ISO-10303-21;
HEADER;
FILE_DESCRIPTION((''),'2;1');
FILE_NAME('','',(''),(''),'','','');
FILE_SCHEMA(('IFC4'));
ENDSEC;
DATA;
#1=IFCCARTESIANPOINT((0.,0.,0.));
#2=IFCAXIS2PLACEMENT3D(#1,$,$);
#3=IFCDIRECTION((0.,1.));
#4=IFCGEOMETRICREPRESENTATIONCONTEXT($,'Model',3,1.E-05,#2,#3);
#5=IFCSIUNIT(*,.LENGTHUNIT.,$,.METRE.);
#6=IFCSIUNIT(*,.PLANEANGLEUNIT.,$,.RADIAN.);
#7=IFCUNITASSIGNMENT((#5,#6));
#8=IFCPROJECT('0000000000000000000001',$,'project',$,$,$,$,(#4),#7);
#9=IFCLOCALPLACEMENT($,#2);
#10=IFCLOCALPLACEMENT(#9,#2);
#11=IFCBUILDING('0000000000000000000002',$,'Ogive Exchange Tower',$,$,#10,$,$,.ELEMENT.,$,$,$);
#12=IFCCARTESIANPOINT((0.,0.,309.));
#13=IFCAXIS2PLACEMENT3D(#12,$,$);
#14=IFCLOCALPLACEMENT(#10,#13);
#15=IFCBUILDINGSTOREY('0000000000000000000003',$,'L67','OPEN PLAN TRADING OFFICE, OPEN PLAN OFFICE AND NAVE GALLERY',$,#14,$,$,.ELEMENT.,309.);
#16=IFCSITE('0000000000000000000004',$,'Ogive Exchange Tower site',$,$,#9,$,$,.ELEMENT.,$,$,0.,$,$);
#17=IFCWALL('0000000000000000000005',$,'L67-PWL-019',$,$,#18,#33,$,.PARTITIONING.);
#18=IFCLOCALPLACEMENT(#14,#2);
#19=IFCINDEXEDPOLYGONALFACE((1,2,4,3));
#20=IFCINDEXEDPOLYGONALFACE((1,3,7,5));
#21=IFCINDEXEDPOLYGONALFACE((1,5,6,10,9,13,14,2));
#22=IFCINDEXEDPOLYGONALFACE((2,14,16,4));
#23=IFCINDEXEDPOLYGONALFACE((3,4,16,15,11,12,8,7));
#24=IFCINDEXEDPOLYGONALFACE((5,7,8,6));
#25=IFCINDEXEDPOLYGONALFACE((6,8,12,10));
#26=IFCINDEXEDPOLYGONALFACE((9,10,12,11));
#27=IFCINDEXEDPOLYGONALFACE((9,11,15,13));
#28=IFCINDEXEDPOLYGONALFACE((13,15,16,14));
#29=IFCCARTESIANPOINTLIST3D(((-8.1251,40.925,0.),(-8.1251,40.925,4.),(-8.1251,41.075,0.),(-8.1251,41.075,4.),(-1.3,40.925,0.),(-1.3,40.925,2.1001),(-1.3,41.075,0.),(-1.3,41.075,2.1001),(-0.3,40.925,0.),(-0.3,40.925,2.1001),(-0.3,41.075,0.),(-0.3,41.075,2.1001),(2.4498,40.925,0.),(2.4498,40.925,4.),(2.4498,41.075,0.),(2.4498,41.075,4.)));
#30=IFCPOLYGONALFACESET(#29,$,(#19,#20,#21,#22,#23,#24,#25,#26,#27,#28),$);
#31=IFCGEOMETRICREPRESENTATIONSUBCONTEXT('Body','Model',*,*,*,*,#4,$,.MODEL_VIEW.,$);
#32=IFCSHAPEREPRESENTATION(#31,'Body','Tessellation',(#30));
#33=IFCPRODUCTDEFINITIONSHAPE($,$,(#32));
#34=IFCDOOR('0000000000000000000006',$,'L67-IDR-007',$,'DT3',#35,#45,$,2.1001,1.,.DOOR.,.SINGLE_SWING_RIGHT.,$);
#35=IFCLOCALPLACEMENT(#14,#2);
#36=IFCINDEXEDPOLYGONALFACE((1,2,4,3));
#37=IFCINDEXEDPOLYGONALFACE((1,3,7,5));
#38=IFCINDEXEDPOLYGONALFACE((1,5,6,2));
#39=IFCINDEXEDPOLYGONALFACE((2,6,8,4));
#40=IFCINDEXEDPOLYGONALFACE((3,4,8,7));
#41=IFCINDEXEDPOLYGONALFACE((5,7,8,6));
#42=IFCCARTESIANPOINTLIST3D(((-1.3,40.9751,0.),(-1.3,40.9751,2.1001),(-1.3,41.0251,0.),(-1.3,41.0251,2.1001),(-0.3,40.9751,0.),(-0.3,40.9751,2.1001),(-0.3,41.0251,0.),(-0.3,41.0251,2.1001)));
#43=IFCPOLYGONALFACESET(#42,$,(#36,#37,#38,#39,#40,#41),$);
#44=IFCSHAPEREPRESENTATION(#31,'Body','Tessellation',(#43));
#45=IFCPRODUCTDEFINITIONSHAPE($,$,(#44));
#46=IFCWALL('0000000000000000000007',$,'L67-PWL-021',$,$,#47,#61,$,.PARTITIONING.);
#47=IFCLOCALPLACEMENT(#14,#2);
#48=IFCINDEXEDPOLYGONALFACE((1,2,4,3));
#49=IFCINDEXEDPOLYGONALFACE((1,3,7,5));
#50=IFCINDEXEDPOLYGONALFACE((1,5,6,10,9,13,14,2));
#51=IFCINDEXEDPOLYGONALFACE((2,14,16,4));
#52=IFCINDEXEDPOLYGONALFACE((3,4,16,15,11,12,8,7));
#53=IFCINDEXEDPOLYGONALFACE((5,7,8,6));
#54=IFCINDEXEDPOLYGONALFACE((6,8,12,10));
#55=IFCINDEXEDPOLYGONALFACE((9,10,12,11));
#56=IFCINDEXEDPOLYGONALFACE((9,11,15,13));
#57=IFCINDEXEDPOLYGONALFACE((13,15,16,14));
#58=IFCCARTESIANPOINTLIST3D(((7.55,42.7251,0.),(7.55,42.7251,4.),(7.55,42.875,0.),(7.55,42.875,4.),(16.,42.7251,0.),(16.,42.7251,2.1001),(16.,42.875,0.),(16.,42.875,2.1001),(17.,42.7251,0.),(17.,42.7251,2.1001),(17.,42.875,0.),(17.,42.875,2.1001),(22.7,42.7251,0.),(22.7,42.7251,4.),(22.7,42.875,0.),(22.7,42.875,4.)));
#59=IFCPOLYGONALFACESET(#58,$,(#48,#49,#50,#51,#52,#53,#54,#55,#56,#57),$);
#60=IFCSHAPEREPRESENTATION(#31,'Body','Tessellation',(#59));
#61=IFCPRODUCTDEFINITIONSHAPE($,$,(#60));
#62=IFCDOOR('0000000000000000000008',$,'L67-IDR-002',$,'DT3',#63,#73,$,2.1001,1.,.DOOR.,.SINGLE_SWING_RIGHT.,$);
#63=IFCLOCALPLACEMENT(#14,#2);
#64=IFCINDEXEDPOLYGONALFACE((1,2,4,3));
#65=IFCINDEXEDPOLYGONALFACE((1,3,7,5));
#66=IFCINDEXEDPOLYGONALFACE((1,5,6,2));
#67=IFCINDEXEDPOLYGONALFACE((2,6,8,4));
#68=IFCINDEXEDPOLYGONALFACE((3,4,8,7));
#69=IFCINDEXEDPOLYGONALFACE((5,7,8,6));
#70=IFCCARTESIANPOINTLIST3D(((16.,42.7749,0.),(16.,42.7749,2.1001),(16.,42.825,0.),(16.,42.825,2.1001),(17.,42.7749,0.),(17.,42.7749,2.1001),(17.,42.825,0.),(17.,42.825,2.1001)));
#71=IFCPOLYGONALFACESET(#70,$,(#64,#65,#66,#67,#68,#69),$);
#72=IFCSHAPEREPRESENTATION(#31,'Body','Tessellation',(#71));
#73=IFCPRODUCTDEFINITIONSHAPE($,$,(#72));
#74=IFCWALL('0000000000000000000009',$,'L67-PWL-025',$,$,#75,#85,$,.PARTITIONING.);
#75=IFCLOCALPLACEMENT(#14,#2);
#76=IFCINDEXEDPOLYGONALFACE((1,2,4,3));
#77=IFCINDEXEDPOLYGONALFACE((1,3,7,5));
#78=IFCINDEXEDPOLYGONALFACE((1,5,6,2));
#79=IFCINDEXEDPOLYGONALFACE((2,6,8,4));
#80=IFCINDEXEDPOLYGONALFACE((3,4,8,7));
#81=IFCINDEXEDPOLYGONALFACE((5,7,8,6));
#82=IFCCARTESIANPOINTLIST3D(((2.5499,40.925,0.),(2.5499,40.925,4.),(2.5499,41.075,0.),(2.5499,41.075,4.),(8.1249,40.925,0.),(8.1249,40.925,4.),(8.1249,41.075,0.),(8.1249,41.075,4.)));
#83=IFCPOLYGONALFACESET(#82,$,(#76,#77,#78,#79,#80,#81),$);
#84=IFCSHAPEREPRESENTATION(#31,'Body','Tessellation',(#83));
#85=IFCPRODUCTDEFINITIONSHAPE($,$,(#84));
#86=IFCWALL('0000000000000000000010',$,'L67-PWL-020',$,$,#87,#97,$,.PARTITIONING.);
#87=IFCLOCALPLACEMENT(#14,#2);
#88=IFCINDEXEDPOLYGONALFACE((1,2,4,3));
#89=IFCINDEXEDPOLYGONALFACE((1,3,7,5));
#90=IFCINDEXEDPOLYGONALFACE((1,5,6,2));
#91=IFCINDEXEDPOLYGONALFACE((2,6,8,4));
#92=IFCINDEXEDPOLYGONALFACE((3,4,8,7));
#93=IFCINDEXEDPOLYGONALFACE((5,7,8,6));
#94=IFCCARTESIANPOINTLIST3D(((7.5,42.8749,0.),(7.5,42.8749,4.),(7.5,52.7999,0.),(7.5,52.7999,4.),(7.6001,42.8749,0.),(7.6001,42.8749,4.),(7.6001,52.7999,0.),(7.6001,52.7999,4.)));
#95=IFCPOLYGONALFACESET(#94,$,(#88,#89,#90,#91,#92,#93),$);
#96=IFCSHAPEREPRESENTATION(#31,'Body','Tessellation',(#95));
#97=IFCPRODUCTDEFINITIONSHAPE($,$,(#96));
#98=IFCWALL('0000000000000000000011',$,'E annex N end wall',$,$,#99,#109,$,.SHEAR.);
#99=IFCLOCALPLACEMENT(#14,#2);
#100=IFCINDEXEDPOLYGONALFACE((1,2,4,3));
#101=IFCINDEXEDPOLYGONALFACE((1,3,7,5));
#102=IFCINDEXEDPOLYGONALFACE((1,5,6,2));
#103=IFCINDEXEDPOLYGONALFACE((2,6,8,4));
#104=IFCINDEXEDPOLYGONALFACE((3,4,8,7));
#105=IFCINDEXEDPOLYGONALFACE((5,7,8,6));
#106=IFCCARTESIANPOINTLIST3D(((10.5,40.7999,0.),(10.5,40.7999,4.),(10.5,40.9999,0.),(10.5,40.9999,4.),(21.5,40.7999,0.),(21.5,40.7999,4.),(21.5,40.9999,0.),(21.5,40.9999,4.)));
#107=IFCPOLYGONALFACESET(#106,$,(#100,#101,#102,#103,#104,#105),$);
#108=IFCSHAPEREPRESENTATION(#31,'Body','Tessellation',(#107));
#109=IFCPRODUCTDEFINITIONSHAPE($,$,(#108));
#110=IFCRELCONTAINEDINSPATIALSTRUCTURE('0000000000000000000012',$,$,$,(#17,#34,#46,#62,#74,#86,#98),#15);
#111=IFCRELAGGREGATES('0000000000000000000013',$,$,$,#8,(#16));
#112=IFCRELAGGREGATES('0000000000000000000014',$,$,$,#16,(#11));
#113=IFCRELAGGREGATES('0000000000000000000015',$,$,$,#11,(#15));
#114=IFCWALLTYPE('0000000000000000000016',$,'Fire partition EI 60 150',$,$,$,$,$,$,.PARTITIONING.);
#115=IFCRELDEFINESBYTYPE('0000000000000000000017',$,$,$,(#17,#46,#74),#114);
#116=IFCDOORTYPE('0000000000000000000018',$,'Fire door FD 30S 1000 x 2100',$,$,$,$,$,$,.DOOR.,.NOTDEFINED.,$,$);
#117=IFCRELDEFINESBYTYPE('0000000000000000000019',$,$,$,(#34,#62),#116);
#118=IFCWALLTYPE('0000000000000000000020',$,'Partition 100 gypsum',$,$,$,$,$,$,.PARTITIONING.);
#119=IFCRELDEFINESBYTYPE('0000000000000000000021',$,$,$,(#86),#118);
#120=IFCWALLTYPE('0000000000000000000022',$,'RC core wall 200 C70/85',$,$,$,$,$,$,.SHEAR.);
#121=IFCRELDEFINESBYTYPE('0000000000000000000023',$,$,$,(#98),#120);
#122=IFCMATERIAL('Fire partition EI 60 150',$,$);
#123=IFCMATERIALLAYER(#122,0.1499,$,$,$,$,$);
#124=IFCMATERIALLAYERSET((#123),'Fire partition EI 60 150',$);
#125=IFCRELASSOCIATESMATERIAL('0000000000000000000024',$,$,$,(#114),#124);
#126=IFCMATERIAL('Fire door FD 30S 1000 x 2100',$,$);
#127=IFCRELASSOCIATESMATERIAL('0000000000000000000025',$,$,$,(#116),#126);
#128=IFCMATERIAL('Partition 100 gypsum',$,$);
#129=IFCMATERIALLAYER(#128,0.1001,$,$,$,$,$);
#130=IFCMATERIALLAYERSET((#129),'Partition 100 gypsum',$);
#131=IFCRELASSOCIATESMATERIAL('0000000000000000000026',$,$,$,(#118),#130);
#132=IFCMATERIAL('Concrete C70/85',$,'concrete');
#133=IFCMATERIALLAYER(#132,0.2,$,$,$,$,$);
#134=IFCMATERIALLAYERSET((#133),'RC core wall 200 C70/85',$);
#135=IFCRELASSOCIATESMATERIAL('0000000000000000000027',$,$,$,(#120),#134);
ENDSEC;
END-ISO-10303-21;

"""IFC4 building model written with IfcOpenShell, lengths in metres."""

from ifc_helpers import new_model, si_unit, direction, frame, frame_2d, origin, place, context, subcontext, project, spatial, rectangle, extrude, material, layer, layer_set, type_object, element, fill, save


model = new_model("IFC4")

# Units and contexts
model_context = context("Model", 3, precision=1e-05, world=origin(), true_north=direction((0.0, 1.0)))
body_context = subcontext(model_context, "Body", "Model", "MODEL_VIEW")
ifc_project = project(units=[si_unit("LENGTHUNIT", "METRE"), si_unit("PLANEANGLEUNIT", "RADIAN")], contexts=[model_context])

# Site, building, storey
site_placement = place(None, origin())
site = spatial("IfcSite", under=ifc_project, at=site_placement, Name="Ogive Exchange Tower site", CompositionType="ELEMENT", RefElevation=0.0)
building_placement = place(site_placement, origin())
building = spatial("IfcBuilding", under=site, at=building_placement, Name="Ogive Exchange Tower", CompositionType="ELEMENT")
storey_placement = place(building_placement, frame((0.0, 0.0, 309.0)))
storey = spatial("IfcBuildingStorey", under=building, at=storey_placement, Name="L67", Description="OPEN PLAN TRADING OFFICE, OPEN PLAN OFFICE AND NAVE GALLERY", CompositionType="ELEMENT", Elevation=309.0)

# Walls, openings, doors
ifc_material_1 = material(Name="Fire partition EI 60 150")
ifc_layer_1 = layer(ifc_material_1, 0.1499)
ifc_layer_set_1 = layer_set([ifc_layer_1], Name="Fire partition EI 60 150")
wall_type_1 = type_object("IfcWallType", Name="Fire partition EI 60 150", PredefinedType="PARTITIONING", material=ifc_layer_set_1)
wall_1_placement = place(storey_placement, frame((2.45, 41.0, 0.0), z_axis=(0.0, 0.0, 1.0), x_axis=(-1.0, 0.0, 0.0)))
wall_1 = element("IfcWall", 1, at=wall_1_placement, inside=storey, type_object=wall_type_1, Name="L67-PWL-019", PredefinedType="PARTITIONING", context=body_context, shape_type="SweptSolid", body=[
    extrude(rectangle(XDim=10.575, YDim=0.1499, at=frame_2d((5.2876, 0.0))), origin(), (0.0, 0.0, 1.0), 4.0),
])
opening_1_placement = place(wall_1_placement, frame((2.75, 0.0, 0.0)))
opening_1 = element("IfcOpeningElement", 2, at=opening_1_placement, cuts=wall_1, PredefinedType="OPENING", context=body_context, shape_type="SweptSolid", body=[
    extrude(rectangle(XDim=1.0, YDim=2.1001, at=frame_2d((0.5, 1.05))), frame((0.0, 0.085, 0.0), z_axis=(0.0, -1.0, 0.0), x_axis=(1.0, 0.0, 0.0)), (0.0, 0.0, 1.0), 0.1699),
])
ifc_material_2 = material(Name="Fire door FD 30S 1000 x 2100")
door_type = type_object("IfcDoorType", Name="Fire door FD 30S 1000 x 2100", OperationType="NOTDEFINED", PredefinedType="DOOR", material=ifc_material_2)
door_1_placement = place(opening_1_placement, origin())
door_1 = element("IfcDoor", 3, at=door_1_placement, inside=storey, type_object=door_type, Name="L67-IDR-007", ObjectType="DT3", OperationType="SINGLE_SWING_RIGHT", OverallHeight=2.1001, OverallWidth=1.0, PredefinedType="DOOR", context=body_context, shape_type="SweptSolid", body=[
    extrude(rectangle(XDim=1.0, YDim=2.1001, at=frame_2d((0.5, 1.05))), frame((0.0, 0.0249, 0.0), z_axis=(0.0, -1.0, 0.0), x_axis=(1.0, 0.0, 0.0)), (0.0, 0.0, 1.0), 0.05),
])
fill(opening_1, door_1)
wall_2_placement = place(storey_placement, frame((7.55, 42.8, 0.0), z_axis=(0.0, 0.0, 1.0), x_axis=(1.0, 0.0, 0.0)))
wall_2 = element("IfcWall", 4, at=wall_2_placement, inside=storey, type_object=wall_type_1, Name="L67-PWL-021", PredefinedType="PARTITIONING", context=body_context, shape_type="SweptSolid", body=[
    extrude(rectangle(XDim=15.1499, YDim=0.1499, at=frame_2d((7.575, 0.0))), origin(), (0.0, 0.0, 1.0), 4.0),
])
opening_2_placement = place(wall_2_placement, frame((8.45, 0.0, 0.0)))
opening_2 = element("IfcOpeningElement", 5, at=opening_2_placement, cuts=wall_2, PredefinedType="OPENING", context=body_context, shape_type="SweptSolid", body=[
    extrude(rectangle(XDim=1.0, YDim=2.1001, at=frame_2d((0.5, 1.05))), frame((0.0, 0.085, 0.0), z_axis=(0.0, -1.0, 0.0), x_axis=(1.0, 0.0, 0.0)), (0.0, 0.0, 1.0), 0.1699),
])
door_2_placement = place(opening_2_placement, origin())
door_2 = element("IfcDoor", 6, at=door_2_placement, inside=storey, type_object=door_type, Name="L67-IDR-002", ObjectType="DT3", OperationType="SINGLE_SWING_RIGHT", OverallHeight=2.1001, OverallWidth=1.0, PredefinedType="DOOR", context=body_context, shape_type="SweptSolid", body=[
    extrude(rectangle(XDim=1.0, YDim=2.1001, at=frame_2d((0.5, 1.05))), frame((0.0, 0.0249, 0.0), z_axis=(0.0, -1.0, 0.0), x_axis=(1.0, 0.0, 0.0)), (0.0, 0.0, 1.0), 0.05),
])
fill(opening_2, door_2)

# Walls
wall_3_placement = place(storey_placement, frame((8.125, 41.0, 0.0), z_axis=(0.0, 0.0, 1.0), x_axis=(-1.0, 0.0, 0.0)))
element("IfcWall", 7, at=wall_3_placement, inside=storey, type_object=wall_type_1, Name="L67-PWL-025", PredefinedType="PARTITIONING", context=body_context, shape_type="SweptSolid", body=[
    extrude(rectangle(XDim=5.575, YDim=0.1499, at=frame_2d((2.7876, 0.0))), origin(), (0.0, 0.0, 1.0), 4.0),
])
ifc_material_3 = material(Name="Partition 100 gypsum")
ifc_layer_2 = layer(ifc_material_3, 0.1001)
ifc_layer_set_2 = layer_set([ifc_layer_2], Name="Partition 100 gypsum")
wall_type_2 = type_object("IfcWallType", Name="Partition 100 gypsum", PredefinedType="PARTITIONING", material=ifc_layer_set_2)
wall_4_placement = place(storey_placement, frame((7.55, 42.875, 0.0), z_axis=(0.0, 0.0, 1.0), x_axis=(0.0, 1.0, 0.0)))
element("IfcWall", 8, at=wall_4_placement, inside=storey, type_object=wall_type_2, Name="L67-PWL-020", PredefinedType="PARTITIONING", context=body_context, shape_type="SweptSolid", body=[
    extrude(rectangle(XDim=9.925, YDim=0.1001, at=frame_2d((4.9624, 0.0))), origin(), (0.0, 0.0, 1.0), 4.0),
])
ifc_material_4 = material(Name="Concrete C70/85", Category="concrete")
ifc_layer_3 = layer(ifc_material_4, 0.2)
ifc_layer_set_3 = layer_set([ifc_layer_3], Name="RC core wall 200 C70/85")
wall_type_3 = type_object("IfcWallType", Name="RC core wall 200 C70/85", PredefinedType="SHEAR", material=ifc_layer_set_3)
wall_5_placement = place(storey_placement, frame((10.5, 40.8999, 0.0), z_axis=(0.0, 0.0, 1.0), x_axis=(1.0, 0.0, 0.0)))
element("IfcWall", 9, at=wall_5_placement, inside=storey, type_object=wall_type_3, Name="E annex N end wall", PredefinedType="SHEAR", context=body_context, shape_type="SweptSolid", body=[
    extrude(rectangle(XDim=11.0, YDim=0.2, at=frame_2d((5.5, 0.0))), origin(), (0.0, 0.0, 1.0), 4.0),
])

save(model, "model.ifc")
